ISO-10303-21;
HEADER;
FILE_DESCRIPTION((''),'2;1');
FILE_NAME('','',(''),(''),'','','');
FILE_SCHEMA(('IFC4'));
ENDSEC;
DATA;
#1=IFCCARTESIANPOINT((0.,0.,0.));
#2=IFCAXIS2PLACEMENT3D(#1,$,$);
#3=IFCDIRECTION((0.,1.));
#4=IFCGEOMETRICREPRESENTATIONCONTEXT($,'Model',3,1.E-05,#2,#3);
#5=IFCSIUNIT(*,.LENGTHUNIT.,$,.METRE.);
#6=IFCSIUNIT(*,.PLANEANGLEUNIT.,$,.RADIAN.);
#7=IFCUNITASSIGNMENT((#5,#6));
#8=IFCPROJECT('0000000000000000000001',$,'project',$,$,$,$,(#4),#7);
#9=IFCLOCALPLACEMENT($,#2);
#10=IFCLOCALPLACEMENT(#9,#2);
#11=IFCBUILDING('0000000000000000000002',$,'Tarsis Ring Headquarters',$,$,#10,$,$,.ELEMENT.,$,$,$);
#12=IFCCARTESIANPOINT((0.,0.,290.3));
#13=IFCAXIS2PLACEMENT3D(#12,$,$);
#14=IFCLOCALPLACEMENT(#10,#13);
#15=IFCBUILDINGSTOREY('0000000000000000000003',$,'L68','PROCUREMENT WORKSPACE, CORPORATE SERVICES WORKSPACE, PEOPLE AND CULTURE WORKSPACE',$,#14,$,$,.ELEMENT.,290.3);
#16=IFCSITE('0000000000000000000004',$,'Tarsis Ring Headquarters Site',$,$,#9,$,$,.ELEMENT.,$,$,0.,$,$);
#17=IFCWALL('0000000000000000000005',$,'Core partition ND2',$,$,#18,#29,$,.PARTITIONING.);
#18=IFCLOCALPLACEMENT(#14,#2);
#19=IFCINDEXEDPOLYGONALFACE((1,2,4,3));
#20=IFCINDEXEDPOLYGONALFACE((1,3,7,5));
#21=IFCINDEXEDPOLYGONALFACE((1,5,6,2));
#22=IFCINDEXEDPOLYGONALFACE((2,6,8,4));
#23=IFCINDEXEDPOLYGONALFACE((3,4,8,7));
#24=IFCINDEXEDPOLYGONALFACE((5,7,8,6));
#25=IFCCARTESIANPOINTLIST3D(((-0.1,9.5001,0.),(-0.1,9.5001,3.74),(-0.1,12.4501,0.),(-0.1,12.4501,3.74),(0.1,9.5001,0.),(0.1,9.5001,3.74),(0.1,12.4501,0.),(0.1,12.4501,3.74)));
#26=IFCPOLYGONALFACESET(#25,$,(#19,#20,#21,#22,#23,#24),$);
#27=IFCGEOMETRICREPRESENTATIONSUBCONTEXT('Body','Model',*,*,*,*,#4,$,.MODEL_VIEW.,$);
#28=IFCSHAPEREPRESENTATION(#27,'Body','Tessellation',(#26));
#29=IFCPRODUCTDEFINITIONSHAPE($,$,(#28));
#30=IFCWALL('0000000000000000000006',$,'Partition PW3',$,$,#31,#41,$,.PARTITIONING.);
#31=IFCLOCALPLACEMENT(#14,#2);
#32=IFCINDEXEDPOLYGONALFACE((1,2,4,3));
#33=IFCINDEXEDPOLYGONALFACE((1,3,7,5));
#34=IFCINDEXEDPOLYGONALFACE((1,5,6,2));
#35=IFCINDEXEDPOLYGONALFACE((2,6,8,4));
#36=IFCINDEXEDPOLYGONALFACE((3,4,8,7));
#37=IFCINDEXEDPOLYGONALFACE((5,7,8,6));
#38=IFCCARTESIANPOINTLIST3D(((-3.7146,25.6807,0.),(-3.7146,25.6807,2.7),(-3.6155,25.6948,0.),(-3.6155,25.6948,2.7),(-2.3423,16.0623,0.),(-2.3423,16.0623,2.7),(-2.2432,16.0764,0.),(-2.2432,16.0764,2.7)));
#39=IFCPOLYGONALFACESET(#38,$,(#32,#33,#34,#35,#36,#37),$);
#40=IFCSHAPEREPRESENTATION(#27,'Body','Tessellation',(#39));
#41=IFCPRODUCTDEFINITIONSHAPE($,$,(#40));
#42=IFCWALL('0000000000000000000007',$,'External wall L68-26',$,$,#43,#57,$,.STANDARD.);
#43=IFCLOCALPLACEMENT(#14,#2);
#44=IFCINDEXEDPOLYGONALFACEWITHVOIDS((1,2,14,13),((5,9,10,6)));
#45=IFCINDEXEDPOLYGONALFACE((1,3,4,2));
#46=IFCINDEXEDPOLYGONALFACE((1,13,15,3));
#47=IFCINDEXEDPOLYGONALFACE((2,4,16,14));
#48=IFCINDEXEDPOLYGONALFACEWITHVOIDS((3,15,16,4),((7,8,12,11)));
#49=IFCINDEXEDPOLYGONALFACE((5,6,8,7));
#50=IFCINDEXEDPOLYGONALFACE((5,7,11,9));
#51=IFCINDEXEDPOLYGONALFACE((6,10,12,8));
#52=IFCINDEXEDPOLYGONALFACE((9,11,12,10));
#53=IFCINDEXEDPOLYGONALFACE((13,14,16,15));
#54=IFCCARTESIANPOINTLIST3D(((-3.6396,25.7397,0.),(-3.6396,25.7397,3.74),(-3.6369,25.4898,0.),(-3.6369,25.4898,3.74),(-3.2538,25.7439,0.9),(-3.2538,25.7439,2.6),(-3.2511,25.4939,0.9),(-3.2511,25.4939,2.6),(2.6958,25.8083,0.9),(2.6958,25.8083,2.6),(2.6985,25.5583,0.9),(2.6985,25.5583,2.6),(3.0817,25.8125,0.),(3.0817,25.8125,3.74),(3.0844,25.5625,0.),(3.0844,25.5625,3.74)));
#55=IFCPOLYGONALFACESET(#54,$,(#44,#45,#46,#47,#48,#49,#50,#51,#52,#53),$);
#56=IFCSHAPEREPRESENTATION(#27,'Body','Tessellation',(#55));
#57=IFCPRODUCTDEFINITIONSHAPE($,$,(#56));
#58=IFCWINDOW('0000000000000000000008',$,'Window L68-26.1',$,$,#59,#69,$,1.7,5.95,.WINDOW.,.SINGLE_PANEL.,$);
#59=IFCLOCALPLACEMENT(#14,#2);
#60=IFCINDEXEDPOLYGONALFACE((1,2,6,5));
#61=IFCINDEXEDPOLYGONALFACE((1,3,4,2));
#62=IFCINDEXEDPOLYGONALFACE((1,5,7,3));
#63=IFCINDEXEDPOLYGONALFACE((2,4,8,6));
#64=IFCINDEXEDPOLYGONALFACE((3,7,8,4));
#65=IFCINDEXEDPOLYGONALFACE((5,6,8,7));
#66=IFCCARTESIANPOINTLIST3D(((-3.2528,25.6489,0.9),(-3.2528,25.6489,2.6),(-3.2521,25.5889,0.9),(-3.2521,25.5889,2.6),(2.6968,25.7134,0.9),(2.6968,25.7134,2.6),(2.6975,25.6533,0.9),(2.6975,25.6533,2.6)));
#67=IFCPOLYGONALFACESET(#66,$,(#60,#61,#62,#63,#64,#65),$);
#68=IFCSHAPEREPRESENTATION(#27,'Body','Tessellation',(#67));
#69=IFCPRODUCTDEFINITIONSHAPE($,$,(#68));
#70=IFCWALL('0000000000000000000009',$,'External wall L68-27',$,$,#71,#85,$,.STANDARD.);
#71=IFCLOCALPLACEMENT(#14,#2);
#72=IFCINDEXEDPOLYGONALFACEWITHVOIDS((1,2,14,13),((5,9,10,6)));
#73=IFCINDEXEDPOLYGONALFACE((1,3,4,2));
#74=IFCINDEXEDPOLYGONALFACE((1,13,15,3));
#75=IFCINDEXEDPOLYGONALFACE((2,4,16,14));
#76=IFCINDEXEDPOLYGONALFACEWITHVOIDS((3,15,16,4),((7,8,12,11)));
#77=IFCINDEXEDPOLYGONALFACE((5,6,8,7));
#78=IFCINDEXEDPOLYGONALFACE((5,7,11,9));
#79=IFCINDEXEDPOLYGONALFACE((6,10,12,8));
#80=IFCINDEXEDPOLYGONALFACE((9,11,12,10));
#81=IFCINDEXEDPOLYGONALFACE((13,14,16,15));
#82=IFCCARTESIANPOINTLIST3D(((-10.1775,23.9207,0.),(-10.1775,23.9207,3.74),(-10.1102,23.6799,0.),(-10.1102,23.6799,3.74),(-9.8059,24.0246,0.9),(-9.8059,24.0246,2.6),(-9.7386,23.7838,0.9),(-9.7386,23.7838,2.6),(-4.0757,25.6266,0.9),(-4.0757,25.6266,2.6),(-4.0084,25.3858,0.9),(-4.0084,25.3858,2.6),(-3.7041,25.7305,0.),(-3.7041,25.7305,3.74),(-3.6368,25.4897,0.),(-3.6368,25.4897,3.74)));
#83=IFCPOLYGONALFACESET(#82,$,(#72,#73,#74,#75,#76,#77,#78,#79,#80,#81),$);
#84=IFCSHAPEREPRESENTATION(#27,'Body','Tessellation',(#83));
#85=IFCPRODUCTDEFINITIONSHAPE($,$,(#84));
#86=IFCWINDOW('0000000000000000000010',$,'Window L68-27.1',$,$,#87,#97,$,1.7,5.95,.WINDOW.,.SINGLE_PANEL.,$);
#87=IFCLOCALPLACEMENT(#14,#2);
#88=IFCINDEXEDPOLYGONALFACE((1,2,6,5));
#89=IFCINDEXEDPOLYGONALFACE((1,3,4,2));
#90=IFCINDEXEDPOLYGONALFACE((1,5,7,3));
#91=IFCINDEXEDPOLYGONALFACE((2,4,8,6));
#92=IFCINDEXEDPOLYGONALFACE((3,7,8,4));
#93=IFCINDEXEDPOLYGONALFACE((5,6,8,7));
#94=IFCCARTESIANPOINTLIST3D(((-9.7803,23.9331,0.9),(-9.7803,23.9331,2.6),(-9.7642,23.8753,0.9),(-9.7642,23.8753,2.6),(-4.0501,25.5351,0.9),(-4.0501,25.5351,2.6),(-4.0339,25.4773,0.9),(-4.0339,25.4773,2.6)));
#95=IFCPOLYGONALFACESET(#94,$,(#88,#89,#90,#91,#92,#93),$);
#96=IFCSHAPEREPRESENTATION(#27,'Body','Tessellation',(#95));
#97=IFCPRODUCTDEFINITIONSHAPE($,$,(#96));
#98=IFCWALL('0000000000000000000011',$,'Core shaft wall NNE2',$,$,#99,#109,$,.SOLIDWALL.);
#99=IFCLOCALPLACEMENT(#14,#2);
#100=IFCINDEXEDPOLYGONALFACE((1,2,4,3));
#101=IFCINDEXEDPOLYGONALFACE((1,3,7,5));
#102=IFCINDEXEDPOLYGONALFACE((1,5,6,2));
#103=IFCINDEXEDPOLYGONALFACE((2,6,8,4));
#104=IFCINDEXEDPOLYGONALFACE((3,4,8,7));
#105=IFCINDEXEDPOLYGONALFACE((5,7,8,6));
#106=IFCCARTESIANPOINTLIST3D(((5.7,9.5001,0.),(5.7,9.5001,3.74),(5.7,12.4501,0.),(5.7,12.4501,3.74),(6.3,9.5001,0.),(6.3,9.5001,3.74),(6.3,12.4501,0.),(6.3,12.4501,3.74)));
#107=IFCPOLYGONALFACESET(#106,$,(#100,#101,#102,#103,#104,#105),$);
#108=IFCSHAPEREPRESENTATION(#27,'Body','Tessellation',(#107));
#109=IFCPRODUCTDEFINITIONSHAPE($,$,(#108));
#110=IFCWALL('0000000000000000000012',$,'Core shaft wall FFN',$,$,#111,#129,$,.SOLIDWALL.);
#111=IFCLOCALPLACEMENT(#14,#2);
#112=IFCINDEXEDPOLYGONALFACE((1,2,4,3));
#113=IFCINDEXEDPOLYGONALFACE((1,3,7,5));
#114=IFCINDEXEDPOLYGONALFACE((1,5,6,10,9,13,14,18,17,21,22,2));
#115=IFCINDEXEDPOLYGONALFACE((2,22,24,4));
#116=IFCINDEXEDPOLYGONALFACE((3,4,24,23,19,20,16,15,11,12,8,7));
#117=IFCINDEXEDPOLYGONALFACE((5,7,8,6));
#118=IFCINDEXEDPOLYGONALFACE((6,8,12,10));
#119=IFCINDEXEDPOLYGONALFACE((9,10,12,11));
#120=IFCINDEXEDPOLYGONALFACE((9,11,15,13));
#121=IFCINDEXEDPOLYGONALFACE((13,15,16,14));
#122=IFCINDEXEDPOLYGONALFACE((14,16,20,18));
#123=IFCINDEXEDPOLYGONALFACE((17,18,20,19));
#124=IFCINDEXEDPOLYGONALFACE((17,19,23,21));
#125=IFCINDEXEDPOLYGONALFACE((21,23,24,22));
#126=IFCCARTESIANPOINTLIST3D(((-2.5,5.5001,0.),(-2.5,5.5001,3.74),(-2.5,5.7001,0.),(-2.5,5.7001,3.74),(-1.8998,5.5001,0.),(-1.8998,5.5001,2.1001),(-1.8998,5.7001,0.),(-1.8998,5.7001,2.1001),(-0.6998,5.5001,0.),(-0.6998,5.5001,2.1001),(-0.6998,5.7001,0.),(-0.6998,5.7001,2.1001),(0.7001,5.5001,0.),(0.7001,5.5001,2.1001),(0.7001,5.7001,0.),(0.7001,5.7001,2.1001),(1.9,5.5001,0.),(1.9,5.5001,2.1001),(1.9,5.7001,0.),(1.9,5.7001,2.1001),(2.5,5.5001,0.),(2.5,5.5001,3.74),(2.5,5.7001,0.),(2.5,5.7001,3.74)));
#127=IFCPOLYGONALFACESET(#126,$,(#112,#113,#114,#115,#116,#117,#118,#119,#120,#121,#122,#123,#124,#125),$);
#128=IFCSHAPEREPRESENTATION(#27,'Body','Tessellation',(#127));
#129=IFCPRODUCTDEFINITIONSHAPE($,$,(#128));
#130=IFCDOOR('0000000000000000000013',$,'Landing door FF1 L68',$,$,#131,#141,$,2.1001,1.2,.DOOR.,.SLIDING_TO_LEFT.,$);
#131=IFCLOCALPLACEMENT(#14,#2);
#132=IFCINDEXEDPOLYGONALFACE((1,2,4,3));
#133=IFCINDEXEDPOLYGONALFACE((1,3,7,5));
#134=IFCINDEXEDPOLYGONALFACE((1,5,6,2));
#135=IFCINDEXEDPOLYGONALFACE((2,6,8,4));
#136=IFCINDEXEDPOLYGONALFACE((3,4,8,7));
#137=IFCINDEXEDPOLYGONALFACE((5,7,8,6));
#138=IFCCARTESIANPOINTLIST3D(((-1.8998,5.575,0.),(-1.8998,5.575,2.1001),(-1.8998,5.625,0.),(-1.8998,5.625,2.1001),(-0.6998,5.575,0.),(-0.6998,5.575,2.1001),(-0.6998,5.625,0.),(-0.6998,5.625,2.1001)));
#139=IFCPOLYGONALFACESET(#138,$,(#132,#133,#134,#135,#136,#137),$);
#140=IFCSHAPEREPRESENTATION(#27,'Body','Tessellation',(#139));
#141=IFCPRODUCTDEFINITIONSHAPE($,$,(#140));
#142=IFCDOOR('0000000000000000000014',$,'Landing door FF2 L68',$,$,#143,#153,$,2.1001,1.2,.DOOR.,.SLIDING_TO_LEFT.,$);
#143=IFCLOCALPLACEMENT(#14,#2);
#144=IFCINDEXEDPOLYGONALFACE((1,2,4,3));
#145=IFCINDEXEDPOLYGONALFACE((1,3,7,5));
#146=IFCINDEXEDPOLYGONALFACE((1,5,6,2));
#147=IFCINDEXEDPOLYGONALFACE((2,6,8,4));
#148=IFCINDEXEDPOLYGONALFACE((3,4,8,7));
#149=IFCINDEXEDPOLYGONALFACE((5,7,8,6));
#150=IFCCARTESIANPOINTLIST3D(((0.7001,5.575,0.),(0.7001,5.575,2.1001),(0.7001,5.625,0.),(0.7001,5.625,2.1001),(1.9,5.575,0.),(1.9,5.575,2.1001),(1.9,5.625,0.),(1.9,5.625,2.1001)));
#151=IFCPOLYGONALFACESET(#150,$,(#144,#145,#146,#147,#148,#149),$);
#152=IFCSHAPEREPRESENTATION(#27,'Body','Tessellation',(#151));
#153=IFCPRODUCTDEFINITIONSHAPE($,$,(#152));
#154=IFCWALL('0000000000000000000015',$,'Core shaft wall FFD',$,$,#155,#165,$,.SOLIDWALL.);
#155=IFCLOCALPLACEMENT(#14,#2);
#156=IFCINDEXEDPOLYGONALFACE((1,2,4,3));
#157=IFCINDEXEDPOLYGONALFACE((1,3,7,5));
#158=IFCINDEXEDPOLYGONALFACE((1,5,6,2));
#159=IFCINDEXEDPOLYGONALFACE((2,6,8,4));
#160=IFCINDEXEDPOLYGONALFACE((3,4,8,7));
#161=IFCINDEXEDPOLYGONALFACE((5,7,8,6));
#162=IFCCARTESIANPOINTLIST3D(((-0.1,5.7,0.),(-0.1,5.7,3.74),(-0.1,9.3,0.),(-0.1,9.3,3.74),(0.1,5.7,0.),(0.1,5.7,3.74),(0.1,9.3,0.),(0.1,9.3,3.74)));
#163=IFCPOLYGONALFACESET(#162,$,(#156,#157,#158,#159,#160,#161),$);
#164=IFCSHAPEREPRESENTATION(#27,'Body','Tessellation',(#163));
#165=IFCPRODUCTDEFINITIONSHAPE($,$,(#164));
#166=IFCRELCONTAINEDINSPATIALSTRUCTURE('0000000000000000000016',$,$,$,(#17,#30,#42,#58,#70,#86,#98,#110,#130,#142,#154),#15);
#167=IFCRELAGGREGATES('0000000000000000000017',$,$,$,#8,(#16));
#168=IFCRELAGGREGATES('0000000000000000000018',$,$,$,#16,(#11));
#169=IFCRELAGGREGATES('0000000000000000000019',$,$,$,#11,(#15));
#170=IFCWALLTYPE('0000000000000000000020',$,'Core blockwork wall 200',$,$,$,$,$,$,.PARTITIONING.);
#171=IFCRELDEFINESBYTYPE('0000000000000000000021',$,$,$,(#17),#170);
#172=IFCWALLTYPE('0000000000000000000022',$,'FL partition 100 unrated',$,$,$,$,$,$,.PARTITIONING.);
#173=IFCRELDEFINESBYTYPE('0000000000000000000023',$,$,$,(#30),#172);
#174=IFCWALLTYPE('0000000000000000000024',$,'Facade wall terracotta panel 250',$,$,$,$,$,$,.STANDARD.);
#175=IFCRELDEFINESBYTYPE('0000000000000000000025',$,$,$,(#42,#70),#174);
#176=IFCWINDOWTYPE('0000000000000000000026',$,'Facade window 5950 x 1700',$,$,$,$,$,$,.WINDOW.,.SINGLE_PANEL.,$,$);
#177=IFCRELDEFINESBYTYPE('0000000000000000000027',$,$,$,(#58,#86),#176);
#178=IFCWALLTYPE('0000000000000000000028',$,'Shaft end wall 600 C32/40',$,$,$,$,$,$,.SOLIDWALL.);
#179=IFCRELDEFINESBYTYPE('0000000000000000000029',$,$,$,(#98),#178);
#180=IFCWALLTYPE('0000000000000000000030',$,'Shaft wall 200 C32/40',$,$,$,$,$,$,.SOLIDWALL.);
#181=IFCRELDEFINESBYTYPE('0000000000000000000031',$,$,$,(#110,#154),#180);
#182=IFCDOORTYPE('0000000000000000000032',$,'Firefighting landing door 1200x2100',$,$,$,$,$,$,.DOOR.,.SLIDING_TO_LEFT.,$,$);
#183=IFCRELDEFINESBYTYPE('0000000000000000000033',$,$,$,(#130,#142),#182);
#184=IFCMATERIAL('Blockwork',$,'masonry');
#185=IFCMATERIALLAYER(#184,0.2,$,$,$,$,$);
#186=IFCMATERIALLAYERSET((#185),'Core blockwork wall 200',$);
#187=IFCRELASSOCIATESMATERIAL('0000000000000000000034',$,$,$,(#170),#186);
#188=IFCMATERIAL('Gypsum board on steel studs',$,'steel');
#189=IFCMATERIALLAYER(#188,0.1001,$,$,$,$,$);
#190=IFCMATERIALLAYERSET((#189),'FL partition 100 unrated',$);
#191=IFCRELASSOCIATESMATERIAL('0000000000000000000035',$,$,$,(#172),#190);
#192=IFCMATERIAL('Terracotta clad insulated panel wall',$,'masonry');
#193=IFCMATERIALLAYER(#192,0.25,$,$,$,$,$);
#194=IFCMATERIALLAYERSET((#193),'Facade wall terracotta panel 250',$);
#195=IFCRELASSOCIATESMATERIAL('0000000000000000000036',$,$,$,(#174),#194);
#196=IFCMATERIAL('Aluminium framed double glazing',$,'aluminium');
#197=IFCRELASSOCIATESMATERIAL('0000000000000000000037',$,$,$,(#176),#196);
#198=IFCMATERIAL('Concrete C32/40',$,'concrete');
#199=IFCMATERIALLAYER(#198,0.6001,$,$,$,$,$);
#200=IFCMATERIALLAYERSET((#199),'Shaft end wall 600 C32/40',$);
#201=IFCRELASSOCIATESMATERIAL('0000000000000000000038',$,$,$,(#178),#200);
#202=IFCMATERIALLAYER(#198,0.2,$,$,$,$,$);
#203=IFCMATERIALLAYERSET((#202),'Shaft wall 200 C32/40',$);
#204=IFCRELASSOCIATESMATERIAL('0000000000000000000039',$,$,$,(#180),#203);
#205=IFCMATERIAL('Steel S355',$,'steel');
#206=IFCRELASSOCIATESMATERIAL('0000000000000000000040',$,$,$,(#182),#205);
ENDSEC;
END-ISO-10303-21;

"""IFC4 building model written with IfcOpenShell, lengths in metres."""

from ifc_helpers import new_model, si_unit, direction, frame, frame_2d, origin, place, context, subcontext, project, spatial, rectangle, extrude, material, layer, layer_set, type_object, element, fill, save


model = new_model("IFC4")

# Units and contexts
model_context = context("Model", 3, precision=1e-05, world=origin(), true_north=direction((0.0, 1.0)))
body_context = subcontext(model_context, "Body", "Model", "MODEL_VIEW")
ifc_project = project(units=[si_unit("LENGTHUNIT", "METRE"), si_unit("PLANEANGLEUNIT", "RADIAN")], contexts=[model_context])

# Site, building, storey
site_placement = place(None, origin())
site = spatial("IfcSite", under=ifc_project, at=site_placement, Name="Tarsis Ring Headquarters Site", CompositionType="ELEMENT", RefElevation=0.0)
building_placement = place(site_placement, origin())
building = spatial("IfcBuilding", under=site, at=building_placement, Name="Tarsis Ring Headquarters", CompositionType="ELEMENT")
storey_placement = place(building_placement, frame((0.0, 0.0, 290.3)))
storey = spatial("IfcBuildingStorey", under=building, at=storey_placement, Name="L68", Description="PROCUREMENT WORKSPACE, CORPORATE SERVICES WORKSPACE, PEOPLE AND CULTURE WORKSPACE", CompositionType="ELEMENT", Elevation=290.3)

# Walls
ifc_material_1 = material(Name="Blockwork", Category="masonry")
ifc_layer_1 = layer(ifc_material_1, 0.2)
ifc_layer_set_1 = layer_set([ifc_layer_1], Name="Core blockwork wall 200")
wall_type_1 = type_object("IfcWallType", Name="Core blockwork wall 200", PredefinedType="PARTITIONING", material=ifc_layer_set_1)
for number, where, z_axis, x_axis, name in (
    (1, (0.0, 9.5, 0.0), (0.0, 0.0, 1.0), (0.0, 1.0, 0.0), "Core partition ND2"),
):
    element("IfcWall", number, at=place(storey_placement, frame(where, z_axis=z_axis, x_axis=x_axis)), inside=storey, type_object=wall_type_1, Name=name, PredefinedType="PARTITIONING", context=body_context, shape_type="SweptSolid", body=[
        extrude(rectangle(XDim=2.95, YDim=0.2, at=frame_2d((1.4751, 0.0))), origin(), (0.0, 0.0, 1.0), 3.74),
    ])
ifc_material_2 = material(Name="Gypsum board on steel studs", Category="steel")
ifc_layer_2 = layer(ifc_material_2, 0.1001)
ifc_layer_set_2 = layer_set([ifc_layer_2], Name="FL partition 100 unrated")
wall_type_2 = type_object("IfcWallType", Name="FL partition 100 unrated", PredefinedType="PARTITIONING", material=ifc_layer_set_2)
wall_1_placement = place(storey_placement, frame((-3.665, 25.6877, 0.0), z_axis=(0.0, 0.0, 1.0), x_axis=(0.141245, -0.989975, 0.0)))
element("IfcWall", 2, at=wall_1_placement, inside=storey, type_object=wall_type_2, Name="Partition PW3", PredefinedType="PARTITIONING", context=body_context, shape_type="SweptSolid", body=[
    extrude(rectangle(XDim=9.7158, YDim=0.1001, at=frame_2d((4.8579, 0.0))), origin(), (0.0, 0.0, 1.0), 2.7),
])

# Walls, openings, windows
ifc_material_3 = material(Name="Terracotta clad insulated panel wall", Category="masonry")
ifc_layer_3 = layer(ifc_material_3, 0.25)
ifc_layer_set_3 = layer_set([ifc_layer_3], Name="Facade wall terracotta panel 250")
wall_type_3 = type_object("IfcWallType", Name="Facade wall terracotta panel 250", PredefinedType="STANDARD", material=ifc_layer_set_3)
wall_2_placement = place(storey_placement, frame((3.083, 25.6875, 0.0), z_axis=(0.0, 0.0, 1.0), x_axis=(-0.999941, -0.010824, 0.0)))
wall_2 = element("IfcWall", 3, at=wall_2_placement, inside=storey, type_object=wall_type_3, Name="External wall L68-26", PredefinedType="STANDARD", context=body_context, shape_type="SweptSolid", body=[
    extrude(rectangle(XDim=6.7217, YDim=0.25, at=frame_2d((3.3608, 0.0))), origin(), (0.0, 0.0, 1.0), 3.74),
])
opening_1_placement = place(wall_2_placement, frame((0.3857, 0.0, 0.8999)))
opening_1 = element("IfcOpeningElement", 4, at=opening_1_placement, cuts=wall_2, PredefinedType="OPENING", context=body_context, shape_type="SweptSolid", body=[
    extrude(rectangle(XDim=5.95, YDim=1.7, at=frame_2d((2.9751, 0.8501))), frame((0.0, 0.135, 0.0), z_axis=(0.0, -1.0, 0.0), x_axis=(1.0, 0.0, 0.0)), (0.0, 0.0, 1.0), 0.27),
])
ifc_material_4 = material(Name="Aluminium framed double glazing", Category="aluminium")
window_type = type_object("IfcWindowType", Name="Facade window 5950 x 1700", PartitioningType="SINGLE_PANEL", PredefinedType="WINDOW", material=ifc_material_4)
window_1_placement = place(opening_1_placement, origin())
window_1 = element("IfcWindow", 5, at=window_1_placement, inside=storey, type_object=window_type, Name="Window L68-26.1", OverallHeight=1.7, OverallWidth=5.95, PartitioningType="SINGLE_PANEL", PredefinedType="WINDOW", context=body_context, shape_type="SweptSolid", body=[
    extrude(rectangle(XDim=5.95, YDim=1.7, at=frame_2d((2.9751, 0.8501))), frame((0.0, 0.03, 0.0), z_axis=(0.0, -1.0, 0.0), x_axis=(1.0, 0.0, 0.0)), (0.0, 0.0, 1.0), 0.0601),
])
fill(opening_1, window_1)
wall_3_placement = place(storey_placement, frame((-3.6704, 25.6101, 0.0), z_axis=(0.0, 0.0, 1.0), x_axis=(-0.96307, -0.269253, 0.0)))
wall_3 = element("IfcWall", 6, at=wall_3_placement, inside=storey, type_object=wall_type_3, Name="External wall L68-27", PredefinedType="STANDARD", context=body_context, shape_type="SweptSolid", body=[
    extrude(rectangle(XDim=6.7217, YDim=0.25, at=frame_2d((3.3608, 0.0))), origin(), (0.0, 0.0, 1.0), 3.74),
])
opening_2_placement = place(wall_3_placement, frame((0.3857, 0.0, 0.8999)))
opening_2 = element("IfcOpeningElement", 7, at=opening_2_placement, cuts=wall_3, PredefinedType="OPENING", context=body_context, shape_type="SweptSolid", body=[
    extrude(rectangle(XDim=5.95, YDim=1.7, at=frame_2d((2.9751, 0.8501))), frame((0.0, 0.135, 0.0), z_axis=(0.0, -1.0, 0.0), x_axis=(1.0, 0.0, 0.0)), (0.0, 0.0, 1.0), 0.27),
])
window_2_placement = place(opening_2_placement, origin())
window_2 = element("IfcWindow", 8, at=window_2_placement, inside=storey, type_object=window_type, Name="Window L68-27.1", OverallHeight=1.7, OverallWidth=5.95, PartitioningType="SINGLE_PANEL", PredefinedType="WINDOW", context=body_context, shape_type="SweptSolid", body=[
    extrude(rectangle(XDim=5.95, YDim=1.7, at=frame_2d((2.9751, 0.8501))), frame((0.0, 0.03, 0.0), z_axis=(0.0, -1.0, 0.0), x_axis=(1.0, 0.0, 0.0)), (0.0, 0.0, 1.0), 0.0601),
])
fill(opening_2, window_2)

# Wall
ifc_material_5 = material(Name="Concrete C32/40", Category="concrete")
ifc_layer_4 = layer(ifc_material_5, 0.6001)
ifc_layer_set_4 = layer_set([ifc_layer_4], Name="Shaft end wall 600 C32/40")
wall_type_4 = type_object("IfcWallType", Name="Shaft end wall 600 C32/40", PredefinedType="SOLIDWALL", material=ifc_layer_set_4)
wall_4_placement = place(storey_placement, frame((6.0, 9.5, 0.0), z_axis=(0.0, 0.0, 1.0), x_axis=(0.0, 1.0, 0.0)))
element("IfcWall", 9, at=wall_4_placement, inside=storey, type_object=wall_type_4, Name="Core shaft wall NNE2", PredefinedType="SOLIDWALL", context=body_context, shape_type="SweptSolid", body=[
    extrude(rectangle(XDim=2.95, YDim=0.6001, at=frame_2d((1.4751, 0.0))), origin(), (0.0, 0.0, 1.0), 3.74),
])

# Wall, openings, doors
ifc_layer_5 = layer(ifc_material_5, 0.2)
ifc_layer_set_5 = layer_set([ifc_layer_5], Name="Shaft wall 200 C32/40")
wall_type_5 = type_object("IfcWallType", Name="Shaft wall 200 C32/40", PredefinedType="SOLIDWALL", material=ifc_layer_set_5)
wall_5_placement = place(storey_placement, frame((-2.5, 5.6001, 0.0), z_axis=(0.0, 0.0, 1.0), x_axis=(1.0, 0.0, 0.0)))
wall_5 = element("IfcWall", 10, at=wall_5_placement, inside=storey, type_object=wall_type_5, Name="Core shaft wall FFN", PredefinedType="SOLIDWALL", context=body_context, shape_type="SweptSolid", body=[
    extrude(rectangle(XDim=5.0, YDim=0.2, at=frame_2d((2.5, 0.0))), origin(), (0.0, 0.0, 1.0), 3.74),
])
opening_3_placement = place(wall_5_placement, frame((0.6001, 0.0, 0.0)))
opening_3 = element("IfcOpeningElement", 11, at=opening_3_placement, cuts=wall_5, PredefinedType="OPENING", context=body_context, shape_type="SweptSolid", body=[
    extrude(rectangle(XDim=1.2, YDim=2.1001, at=frame_2d((0.6001, 1.05))), frame((0.0, 0.1099, 0.0), z_axis=(0.0, -1.0, 0.0), x_axis=(1.0, 0.0, 0.0)), (0.0, 0.0, 1.0), 0.22),
])
opening_4_placement = place(wall_5_placement, frame((3.2, 0.0, 0.0)))
opening_4 = element("IfcOpeningElement", 12, at=opening_4_placement, cuts=wall_5, PredefinedType="OPENING", context=body_context, shape_type="SweptSolid", body=[
    extrude(rectangle(XDim=1.2, YDim=2.1001, at=frame_2d((0.6001, 1.05))), frame((0.0, 0.1099, 0.0), z_axis=(0.0, -1.0, 0.0), x_axis=(1.0, 0.0, 0.0)), (0.0, 0.0, 1.0), 0.22),
])
ifc_material_6 = material(Name="Steel S355", Category="steel")
door_type = type_object("IfcDoorType", Name="Firefighting landing door 1200x2100", OperationType="SLIDING_TO_LEFT", PredefinedType="DOOR", material=ifc_material_6)
door_1_placement = place(opening_3_placement, origin())
door_1 = element("IfcDoor", 13, at=door_1_placement, inside=storey, type_object=door_type, Name="Landing door FF1 L68", OperationType="SLIDING_TO_LEFT", OverallHeight=2.1001, OverallWidth=1.2, PredefinedType="DOOR", context=body_context, shape_type="SweptSolid", body=[
    extrude(rectangle(XDim=1.2, YDim=2.1001, at=frame_2d((0.6001, 1.05))), frame((0.0, 0.0249, 0.0), z_axis=(0.0, -1.0, 0.0), x_axis=(1.0, 0.0, 0.0)), (0.0, 0.0, 1.0), 0.05),
])
fill(opening_3, door_1)
door_2_placement = place(opening_4_placement, origin())
door_2 = element("IfcDoor", 14, at=door_2_placement, inside=storey, type_object=door_type, Name="Landing door FF2 L68", OperationType="SLIDING_TO_LEFT", OverallHeight=2.1001, OverallWidth=1.2, PredefinedType="DOOR", context=body_context, shape_type="SweptSolid", body=[
    extrude(rectangle(XDim=1.2, YDim=2.1001, at=frame_2d((0.6001, 1.05))), frame((0.0, 0.0249, 0.0), z_axis=(0.0, -1.0, 0.0), x_axis=(1.0, 0.0, 0.0)), (0.0, 0.0, 1.0), 0.05),
])
fill(opening_4, door_2)

# Wall
wall_6_placement = place(storey_placement, frame((0.0, 5.7, 0.0), z_axis=(0.0, 0.0, 1.0), x_axis=(0.0, 1.0, 0.0)))
element("IfcWall", 15, at=wall_6_placement, inside=storey, type_object=wall_type_5, Name="Core shaft wall FFD", PredefinedType="SOLIDWALL", context=body_context, shape_type="SweptSolid", body=[
    extrude(rectangle(XDim=3.6001, YDim=0.2, at=frame_2d((1.8, 0.0))), origin(), (0.0, 0.0, 1.0), 3.74),
])

save(model, "model.ifc")
